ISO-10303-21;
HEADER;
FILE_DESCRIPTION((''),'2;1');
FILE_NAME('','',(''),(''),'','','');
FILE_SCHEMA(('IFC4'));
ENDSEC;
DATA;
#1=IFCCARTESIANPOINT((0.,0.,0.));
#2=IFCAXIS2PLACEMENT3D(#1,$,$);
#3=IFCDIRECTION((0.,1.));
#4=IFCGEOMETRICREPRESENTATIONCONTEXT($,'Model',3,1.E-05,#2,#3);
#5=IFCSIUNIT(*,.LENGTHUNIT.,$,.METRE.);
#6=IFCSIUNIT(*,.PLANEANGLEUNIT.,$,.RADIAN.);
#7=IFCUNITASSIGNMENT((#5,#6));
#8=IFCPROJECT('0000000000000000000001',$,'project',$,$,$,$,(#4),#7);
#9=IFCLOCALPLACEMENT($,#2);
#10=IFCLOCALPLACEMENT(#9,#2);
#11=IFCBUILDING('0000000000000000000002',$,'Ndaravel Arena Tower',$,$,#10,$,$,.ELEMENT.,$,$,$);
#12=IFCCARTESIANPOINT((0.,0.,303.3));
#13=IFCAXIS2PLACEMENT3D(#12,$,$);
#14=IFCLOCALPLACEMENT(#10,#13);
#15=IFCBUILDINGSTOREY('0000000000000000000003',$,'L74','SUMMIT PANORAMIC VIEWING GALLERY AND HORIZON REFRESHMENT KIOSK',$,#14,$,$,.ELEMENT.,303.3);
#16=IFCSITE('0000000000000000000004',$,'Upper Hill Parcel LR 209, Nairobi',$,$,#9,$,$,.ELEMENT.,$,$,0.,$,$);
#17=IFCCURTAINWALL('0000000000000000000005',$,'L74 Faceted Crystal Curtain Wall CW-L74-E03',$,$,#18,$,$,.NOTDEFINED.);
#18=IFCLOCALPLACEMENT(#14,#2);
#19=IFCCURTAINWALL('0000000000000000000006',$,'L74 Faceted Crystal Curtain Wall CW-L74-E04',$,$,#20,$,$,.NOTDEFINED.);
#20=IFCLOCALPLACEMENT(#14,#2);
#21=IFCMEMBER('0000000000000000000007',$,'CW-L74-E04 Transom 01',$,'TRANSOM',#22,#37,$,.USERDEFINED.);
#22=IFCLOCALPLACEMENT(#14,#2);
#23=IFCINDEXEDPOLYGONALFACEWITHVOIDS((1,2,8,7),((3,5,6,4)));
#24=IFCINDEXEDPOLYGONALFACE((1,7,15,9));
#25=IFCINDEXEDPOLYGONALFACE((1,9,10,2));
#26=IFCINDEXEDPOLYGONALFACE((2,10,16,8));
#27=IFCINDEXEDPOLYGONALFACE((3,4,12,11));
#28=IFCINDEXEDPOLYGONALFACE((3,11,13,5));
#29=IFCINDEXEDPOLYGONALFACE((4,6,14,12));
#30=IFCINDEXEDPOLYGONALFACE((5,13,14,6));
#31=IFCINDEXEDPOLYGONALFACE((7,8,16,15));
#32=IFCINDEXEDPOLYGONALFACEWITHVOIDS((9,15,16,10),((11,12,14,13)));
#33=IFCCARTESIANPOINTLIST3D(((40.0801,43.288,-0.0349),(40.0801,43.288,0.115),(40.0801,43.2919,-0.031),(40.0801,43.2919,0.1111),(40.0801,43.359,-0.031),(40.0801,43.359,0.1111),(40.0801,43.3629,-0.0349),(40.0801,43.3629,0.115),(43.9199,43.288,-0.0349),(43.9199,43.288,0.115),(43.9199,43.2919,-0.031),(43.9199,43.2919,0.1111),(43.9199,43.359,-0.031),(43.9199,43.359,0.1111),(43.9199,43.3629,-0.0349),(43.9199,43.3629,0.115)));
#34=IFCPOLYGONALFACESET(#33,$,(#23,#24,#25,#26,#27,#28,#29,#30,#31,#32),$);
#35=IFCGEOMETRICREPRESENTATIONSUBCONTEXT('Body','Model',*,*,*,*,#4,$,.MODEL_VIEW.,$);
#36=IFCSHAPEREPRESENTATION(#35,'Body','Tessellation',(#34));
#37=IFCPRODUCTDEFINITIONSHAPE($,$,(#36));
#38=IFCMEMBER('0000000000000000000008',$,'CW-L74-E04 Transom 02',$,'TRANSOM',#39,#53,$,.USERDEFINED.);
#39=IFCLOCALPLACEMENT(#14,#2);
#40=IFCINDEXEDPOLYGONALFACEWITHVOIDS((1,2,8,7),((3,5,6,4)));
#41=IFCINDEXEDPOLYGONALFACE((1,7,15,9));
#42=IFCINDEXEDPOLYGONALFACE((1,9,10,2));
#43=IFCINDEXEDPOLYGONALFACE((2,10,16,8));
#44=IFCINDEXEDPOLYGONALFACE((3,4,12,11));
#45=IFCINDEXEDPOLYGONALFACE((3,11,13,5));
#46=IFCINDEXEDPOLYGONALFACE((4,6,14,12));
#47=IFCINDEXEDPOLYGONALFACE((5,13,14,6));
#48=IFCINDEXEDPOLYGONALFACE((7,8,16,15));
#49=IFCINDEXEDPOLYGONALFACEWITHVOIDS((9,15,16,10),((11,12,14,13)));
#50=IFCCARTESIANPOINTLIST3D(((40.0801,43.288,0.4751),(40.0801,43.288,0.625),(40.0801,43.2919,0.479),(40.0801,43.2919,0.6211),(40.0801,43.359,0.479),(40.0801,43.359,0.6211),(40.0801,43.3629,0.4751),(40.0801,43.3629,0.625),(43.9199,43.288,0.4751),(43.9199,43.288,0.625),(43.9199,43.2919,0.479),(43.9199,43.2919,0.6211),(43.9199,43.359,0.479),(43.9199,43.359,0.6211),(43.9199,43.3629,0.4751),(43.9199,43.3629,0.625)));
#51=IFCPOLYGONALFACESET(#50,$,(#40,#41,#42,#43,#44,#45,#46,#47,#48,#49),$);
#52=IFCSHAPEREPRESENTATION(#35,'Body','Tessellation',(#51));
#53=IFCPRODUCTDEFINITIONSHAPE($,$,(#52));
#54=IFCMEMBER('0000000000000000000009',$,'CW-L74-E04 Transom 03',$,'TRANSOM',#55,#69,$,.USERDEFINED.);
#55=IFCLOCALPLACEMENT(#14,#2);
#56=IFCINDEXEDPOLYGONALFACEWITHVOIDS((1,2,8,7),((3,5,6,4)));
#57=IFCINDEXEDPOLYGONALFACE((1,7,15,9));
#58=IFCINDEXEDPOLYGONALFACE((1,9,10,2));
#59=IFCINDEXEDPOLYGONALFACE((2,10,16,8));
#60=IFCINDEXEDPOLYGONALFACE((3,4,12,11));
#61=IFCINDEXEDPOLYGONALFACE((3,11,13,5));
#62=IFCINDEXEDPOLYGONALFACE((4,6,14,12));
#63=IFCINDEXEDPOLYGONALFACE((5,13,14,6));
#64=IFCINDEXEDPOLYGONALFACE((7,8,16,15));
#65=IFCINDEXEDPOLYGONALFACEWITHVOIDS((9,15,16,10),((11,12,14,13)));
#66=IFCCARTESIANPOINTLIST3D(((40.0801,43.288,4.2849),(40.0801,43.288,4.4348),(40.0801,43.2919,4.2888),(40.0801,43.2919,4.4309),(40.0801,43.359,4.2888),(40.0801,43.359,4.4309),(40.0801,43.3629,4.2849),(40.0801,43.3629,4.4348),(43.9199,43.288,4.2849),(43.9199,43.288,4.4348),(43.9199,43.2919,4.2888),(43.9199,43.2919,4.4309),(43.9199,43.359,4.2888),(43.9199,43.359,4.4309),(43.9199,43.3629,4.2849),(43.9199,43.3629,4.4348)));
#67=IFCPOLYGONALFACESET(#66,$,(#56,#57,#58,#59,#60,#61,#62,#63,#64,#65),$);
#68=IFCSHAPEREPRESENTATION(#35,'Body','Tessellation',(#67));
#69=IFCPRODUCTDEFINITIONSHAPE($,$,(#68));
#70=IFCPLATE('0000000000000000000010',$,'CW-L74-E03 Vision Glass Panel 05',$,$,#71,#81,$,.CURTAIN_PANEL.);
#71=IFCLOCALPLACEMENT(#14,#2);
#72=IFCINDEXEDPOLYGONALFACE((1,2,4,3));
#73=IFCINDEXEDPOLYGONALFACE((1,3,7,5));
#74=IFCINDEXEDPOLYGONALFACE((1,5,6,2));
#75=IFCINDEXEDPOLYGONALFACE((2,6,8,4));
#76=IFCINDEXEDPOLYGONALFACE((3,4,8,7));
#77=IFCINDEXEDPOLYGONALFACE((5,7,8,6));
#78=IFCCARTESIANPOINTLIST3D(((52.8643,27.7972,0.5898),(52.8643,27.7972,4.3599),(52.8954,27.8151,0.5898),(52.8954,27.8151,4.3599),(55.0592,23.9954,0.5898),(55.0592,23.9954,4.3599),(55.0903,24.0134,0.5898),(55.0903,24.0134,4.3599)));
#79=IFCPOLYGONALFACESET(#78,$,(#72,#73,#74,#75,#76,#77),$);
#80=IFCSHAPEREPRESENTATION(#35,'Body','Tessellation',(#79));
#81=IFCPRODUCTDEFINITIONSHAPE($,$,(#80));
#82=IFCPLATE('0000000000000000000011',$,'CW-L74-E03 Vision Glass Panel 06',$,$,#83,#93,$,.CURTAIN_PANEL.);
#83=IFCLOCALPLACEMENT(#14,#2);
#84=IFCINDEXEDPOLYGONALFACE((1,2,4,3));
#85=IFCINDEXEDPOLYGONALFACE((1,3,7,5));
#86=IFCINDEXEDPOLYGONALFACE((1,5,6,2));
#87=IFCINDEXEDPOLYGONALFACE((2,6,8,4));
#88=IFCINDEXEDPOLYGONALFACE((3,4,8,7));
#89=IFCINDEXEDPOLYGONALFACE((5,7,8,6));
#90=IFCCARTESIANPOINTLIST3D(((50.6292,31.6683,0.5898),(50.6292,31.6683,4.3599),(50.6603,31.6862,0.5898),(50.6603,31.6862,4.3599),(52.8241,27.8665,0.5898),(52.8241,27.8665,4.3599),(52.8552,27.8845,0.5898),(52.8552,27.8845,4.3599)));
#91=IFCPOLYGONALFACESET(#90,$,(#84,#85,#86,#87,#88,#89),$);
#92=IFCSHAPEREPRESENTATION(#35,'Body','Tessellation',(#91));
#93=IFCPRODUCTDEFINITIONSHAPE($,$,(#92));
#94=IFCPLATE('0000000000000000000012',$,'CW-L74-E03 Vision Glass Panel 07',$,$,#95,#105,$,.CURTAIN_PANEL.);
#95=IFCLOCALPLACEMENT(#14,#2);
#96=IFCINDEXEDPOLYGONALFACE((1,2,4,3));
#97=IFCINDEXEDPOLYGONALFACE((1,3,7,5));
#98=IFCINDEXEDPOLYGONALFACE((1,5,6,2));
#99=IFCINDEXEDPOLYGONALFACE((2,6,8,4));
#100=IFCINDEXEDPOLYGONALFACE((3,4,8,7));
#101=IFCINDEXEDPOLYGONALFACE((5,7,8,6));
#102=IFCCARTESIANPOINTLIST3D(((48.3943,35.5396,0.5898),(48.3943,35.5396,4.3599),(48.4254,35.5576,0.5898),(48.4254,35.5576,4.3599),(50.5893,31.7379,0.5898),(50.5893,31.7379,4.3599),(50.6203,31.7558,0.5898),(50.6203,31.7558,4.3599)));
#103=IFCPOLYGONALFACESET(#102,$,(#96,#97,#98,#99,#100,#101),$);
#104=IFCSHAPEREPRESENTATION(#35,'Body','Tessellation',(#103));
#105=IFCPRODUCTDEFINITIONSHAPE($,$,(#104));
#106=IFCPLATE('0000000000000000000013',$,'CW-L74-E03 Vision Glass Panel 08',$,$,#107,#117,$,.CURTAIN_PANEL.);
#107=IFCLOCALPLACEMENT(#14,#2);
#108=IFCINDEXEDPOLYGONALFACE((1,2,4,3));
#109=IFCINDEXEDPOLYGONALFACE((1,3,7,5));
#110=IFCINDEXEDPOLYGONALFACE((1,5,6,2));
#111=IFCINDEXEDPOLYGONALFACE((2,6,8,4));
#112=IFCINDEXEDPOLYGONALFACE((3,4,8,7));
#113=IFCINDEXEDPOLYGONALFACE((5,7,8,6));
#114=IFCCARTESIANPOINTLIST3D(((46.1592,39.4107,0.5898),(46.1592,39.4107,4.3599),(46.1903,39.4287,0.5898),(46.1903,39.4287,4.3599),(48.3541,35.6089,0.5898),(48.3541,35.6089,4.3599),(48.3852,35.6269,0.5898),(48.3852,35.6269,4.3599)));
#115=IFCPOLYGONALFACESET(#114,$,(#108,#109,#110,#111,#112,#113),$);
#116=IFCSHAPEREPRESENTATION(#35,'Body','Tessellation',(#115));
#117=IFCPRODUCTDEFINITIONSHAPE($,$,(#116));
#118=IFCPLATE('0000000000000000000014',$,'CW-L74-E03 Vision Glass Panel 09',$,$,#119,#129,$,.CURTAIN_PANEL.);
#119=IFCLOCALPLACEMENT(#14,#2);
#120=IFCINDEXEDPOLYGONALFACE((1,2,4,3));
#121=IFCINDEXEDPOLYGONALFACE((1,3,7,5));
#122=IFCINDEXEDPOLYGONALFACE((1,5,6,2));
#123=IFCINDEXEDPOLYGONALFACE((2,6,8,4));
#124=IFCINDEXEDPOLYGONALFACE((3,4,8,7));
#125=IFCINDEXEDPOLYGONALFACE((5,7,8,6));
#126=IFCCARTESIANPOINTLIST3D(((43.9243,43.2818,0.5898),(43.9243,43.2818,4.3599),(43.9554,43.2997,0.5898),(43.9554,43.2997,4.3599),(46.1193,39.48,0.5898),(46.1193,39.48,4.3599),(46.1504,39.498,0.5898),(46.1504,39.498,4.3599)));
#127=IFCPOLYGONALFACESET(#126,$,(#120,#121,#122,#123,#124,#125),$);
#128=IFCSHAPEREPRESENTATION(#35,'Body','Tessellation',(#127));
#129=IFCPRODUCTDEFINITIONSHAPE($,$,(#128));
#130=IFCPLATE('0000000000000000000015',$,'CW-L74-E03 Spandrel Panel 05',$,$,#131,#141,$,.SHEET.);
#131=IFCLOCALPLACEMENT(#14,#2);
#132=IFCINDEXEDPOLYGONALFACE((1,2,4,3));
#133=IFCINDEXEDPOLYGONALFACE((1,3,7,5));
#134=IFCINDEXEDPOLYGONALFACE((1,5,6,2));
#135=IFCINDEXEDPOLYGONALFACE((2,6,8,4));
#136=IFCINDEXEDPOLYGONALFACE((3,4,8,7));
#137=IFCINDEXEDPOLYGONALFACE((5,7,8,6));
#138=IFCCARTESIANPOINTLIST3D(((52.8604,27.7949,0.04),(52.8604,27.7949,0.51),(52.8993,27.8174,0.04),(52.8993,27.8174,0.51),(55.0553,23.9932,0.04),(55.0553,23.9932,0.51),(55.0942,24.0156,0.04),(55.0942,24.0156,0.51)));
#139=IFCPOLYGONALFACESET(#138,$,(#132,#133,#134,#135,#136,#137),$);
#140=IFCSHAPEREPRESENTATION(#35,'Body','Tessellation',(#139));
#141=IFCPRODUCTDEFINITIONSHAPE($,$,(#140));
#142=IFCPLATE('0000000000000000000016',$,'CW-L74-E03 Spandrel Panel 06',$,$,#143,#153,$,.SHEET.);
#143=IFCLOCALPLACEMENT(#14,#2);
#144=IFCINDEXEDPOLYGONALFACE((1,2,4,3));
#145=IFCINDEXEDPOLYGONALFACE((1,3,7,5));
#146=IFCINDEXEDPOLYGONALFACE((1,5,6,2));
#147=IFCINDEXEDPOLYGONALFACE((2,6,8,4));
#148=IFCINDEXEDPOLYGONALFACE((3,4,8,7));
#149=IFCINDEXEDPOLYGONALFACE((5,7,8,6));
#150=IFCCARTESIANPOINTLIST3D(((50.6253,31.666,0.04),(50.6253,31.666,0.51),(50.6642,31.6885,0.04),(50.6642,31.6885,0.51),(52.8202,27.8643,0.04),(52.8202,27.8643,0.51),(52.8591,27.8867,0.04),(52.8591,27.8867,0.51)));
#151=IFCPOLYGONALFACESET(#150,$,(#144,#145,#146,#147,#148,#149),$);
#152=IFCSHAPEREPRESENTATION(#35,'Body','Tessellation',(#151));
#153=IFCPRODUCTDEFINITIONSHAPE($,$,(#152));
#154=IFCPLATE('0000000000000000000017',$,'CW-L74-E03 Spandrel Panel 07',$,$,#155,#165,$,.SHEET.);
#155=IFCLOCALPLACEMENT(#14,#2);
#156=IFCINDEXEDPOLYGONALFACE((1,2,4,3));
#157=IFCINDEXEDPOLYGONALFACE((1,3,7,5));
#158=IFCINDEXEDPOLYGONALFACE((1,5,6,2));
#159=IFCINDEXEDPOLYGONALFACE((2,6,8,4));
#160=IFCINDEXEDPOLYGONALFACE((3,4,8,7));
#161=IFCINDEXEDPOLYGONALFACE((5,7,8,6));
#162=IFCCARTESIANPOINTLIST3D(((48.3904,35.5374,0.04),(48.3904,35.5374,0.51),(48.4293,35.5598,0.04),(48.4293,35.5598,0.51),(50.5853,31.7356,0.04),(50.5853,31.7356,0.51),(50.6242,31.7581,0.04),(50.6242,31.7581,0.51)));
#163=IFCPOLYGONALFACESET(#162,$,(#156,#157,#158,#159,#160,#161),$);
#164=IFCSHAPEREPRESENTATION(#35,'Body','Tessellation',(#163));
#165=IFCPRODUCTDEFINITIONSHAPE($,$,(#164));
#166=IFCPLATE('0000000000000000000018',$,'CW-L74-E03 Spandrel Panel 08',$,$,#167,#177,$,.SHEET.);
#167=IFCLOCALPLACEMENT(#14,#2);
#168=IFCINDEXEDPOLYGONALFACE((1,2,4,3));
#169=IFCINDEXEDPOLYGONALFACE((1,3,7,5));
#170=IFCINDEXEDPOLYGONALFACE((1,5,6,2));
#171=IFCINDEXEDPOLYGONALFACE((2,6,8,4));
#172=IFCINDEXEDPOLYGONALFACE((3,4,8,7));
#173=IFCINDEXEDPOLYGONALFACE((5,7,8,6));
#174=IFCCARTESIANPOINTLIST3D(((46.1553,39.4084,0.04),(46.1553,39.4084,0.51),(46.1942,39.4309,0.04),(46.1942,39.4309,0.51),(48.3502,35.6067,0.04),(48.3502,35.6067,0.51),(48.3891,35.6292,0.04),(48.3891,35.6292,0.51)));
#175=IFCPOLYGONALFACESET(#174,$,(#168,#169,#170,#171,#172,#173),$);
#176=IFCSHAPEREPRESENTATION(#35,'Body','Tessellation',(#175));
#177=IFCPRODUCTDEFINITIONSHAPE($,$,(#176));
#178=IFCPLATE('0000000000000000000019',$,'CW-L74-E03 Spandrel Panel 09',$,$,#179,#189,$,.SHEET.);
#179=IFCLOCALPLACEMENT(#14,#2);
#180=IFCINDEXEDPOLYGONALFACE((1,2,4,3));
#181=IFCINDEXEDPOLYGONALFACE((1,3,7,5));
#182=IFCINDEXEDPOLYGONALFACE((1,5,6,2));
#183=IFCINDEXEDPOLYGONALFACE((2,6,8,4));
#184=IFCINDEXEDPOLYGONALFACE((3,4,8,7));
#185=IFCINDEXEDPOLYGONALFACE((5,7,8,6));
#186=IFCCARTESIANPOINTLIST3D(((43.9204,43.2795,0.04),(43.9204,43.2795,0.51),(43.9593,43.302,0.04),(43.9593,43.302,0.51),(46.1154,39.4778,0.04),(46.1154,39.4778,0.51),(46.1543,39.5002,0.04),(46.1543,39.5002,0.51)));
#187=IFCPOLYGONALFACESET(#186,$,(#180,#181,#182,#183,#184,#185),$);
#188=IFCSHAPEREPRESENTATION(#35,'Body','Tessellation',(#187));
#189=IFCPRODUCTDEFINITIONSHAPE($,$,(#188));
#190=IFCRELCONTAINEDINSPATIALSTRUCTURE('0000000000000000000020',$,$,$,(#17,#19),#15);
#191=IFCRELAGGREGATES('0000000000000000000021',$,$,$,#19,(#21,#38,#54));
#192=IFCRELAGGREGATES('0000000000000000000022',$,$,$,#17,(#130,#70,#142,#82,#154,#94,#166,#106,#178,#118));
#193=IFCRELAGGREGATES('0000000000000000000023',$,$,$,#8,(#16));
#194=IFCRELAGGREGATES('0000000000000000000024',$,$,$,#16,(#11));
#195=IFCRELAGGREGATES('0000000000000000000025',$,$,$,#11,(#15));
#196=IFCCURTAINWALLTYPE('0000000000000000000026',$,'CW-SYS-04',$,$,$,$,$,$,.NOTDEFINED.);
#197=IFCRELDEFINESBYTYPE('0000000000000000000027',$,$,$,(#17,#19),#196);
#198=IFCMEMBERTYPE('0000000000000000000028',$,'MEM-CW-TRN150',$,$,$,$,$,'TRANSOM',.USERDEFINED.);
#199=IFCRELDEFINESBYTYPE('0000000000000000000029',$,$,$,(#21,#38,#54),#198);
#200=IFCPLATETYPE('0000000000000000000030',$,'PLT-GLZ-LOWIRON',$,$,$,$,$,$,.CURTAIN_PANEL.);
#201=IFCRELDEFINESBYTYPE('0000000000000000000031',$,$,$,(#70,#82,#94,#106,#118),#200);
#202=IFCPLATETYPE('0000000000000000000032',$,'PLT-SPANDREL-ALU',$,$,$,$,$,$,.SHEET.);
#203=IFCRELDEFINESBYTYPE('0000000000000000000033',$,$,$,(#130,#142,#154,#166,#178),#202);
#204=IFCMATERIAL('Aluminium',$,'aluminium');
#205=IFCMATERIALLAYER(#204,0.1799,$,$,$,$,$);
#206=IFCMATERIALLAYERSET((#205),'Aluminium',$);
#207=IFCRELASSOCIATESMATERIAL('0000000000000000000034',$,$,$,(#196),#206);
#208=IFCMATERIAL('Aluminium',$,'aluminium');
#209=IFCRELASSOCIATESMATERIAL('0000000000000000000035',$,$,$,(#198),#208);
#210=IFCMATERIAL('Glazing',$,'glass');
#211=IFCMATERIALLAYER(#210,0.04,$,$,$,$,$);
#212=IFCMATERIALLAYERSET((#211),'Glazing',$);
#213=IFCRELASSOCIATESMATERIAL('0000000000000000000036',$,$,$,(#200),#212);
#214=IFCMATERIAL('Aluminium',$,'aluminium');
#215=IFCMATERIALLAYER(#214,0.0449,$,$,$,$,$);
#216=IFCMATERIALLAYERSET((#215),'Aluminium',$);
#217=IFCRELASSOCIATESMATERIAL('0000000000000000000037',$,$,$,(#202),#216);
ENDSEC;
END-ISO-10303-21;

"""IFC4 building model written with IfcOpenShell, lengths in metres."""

from ifc_helpers import new_model, si_unit, direction, frame, origin, origin_2d, place, context, subcontext, project, spatial, rectangle, hollow_rectangle, extrude, material, layer, layer_set, material_profile, profile_set, type_object, element, aggregate, save


model = new_model("IFC4")

# Units and contexts
model_context = context("Model", 3, precision=1e-05, world=origin(), true_north=direction((0.0, 1.0)))
body_context = subcontext(model_context, "Body", "Model", "MODEL_VIEW")
ifc_project = project(units=[si_unit("LENGTHUNIT", "METRE"), si_unit("PLANEANGLEUNIT", "RADIAN")], contexts=[model_context])

# Site, building, storey
site_placement = place(None, origin())
site = spatial("IfcSite", under=ifc_project, at=site_placement, Name="Upper Hill Parcel LR 209, Nairobi", CompositionType="ELEMENT", RefElevation=0.0)
building_placement = place(site_placement, origin())
building = spatial("IfcBuilding", under=site, at=building_placement, Name="Ndaravel Arena Tower", CompositionType="ELEMENT")
storey_placement = place(building_placement, frame((0.0, 0.0, 303.3)))
storey = spatial("IfcBuildingStorey", under=building, at=storey_placement, Name="L74", Description="SUMMIT PANORAMIC VIEWING GALLERY AND HORIZON REFRESHMENT KIOSK", CompositionType="ELEMENT", Elevation=303.3)

# Curtain walls, members
ifc_material_1 = material(Name="Aluminium", Category="aluminium")
ifc_layer_1 = layer(ifc_material_1, 0.1799)
ifc_layer_set_1 = layer_set([ifc_layer_1], Name="Aluminium")
curtain_wall_type = type_object("IfcCurtainWallType", Name="CW-SYS-04", PredefinedType="NOTDEFINED", material=ifc_layer_set_1)
curtain_wall_1_placement = place(storey_placement, origin())
curtain_wall_1 = element("IfcCurtainWall", 1, at=curtain_wall_1_placement, inside=storey, type_object=curtain_wall_type, Name="L74 Faceted Crystal Curtain Wall CW-L74-E03", PredefinedType="NOTDEFINED")
curtain_wall_2_placement = place(storey_placement, origin())
curtain_wall_2 = element("IfcCurtainWall", 2, at=curtain_wall_2_placement, inside=storey, type_object=curtain_wall_type, Name="L74 Faceted Crystal Curtain Wall CW-L74-E04", PredefinedType="NOTDEFINED")
ifc_material_2 = material(Name="Aluminium", Category="aluminium")
ifc_material_profile_1 = material_profile(ifc_material_2, hollow_rectangle(XDim=0.075, YDim=0.1499, WallThickness=0.0039, at=origin_2d()), Name="CW TRANSOM 75x150x4")
ifc_profile_set_1 = profile_set([ifc_material_profile_1], Name="Aluminium")
member_type_1 = type_object("IfcMemberType", Name="MEM-CW-TRN150", ElementType="TRANSOM", PredefinedType="USERDEFINED", material=ifc_profile_set_1)
member_1_placement = place(storey_placement, frame((43.9199, 43.3254, 0.04), z_axis=(-1.0, 0.0, 0.0), x_axis=(0.0, -1.0, 0.0)))
member_1 = element("IfcMember", 3, at=member_1_placement, type_object=member_type_1, Name="CW-L74-E04 Transom 01", ObjectType="TRANSOM", PredefinedType="USERDEFINED", context=body_context, shape_type="SweptSolid", body=[
    extrude(hollow_rectangle(XDim=0.075, YDim=0.1499, WallThickness=0.0039, at=origin_2d()), origin(), (0.0, 0.0, 1.0), 3.8398),
])
member_2_placement = place(storey_placement, frame((43.9199, 43.3254, 0.55), z_axis=(-1.0, 0.0, 0.0), x_axis=(0.0, -1.0, 0.0)))
member_2 = element("IfcMember", 4, at=member_2_placement, type_object=member_type_1, Name="CW-L74-E04 Transom 02", ObjectType="TRANSOM", PredefinedType="USERDEFINED", context=body_context, shape_type="SweptSolid", body=[
    extrude(hollow_rectangle(XDim=0.075, YDim=0.1499, WallThickness=0.0039, at=origin_2d()), origin(), (0.0, 0.0, 1.0), 3.8398),
])
member_3_placement = place(storey_placement, frame((43.9199, 43.3254, 4.3599), z_axis=(-1.0, 0.0, 0.0), x_axis=(0.0, -1.0, 0.0)))
member_3 = element("IfcMember", 5, at=member_3_placement, type_object=member_type_1, Name="CW-L74-E04 Transom 03", ObjectType="TRANSOM", PredefinedType="USERDEFINED", context=body_context, shape_type="SweptSolid", body=[
    extrude(hollow_rectangle(XDim=0.075, YDim=0.1499, WallThickness=0.0039, at=origin_2d()), origin(), (0.0, 0.0, 1.0), 3.8398),
])
aggregate(curtain_wall_2, [member_1, member_2, member_3])

# Plates
ifc_material_3 = material(Name="Glazing", Category="glass")
ifc_layer_2 = layer(ifc_material_3, 0.04)
ifc_layer_set_2 = layer_set([ifc_layer_2], Name="Glazing")
plate_type_1 = type_object("IfcPlateType", Name="PLT-GLZ-LOWIRON", PredefinedType="CURTAIN_PANEL", material=ifc_layer_set_2)
plate_1_placement = place(storey_placement, frame((53.9773, 25.9053, 0.5898), z_axis=(0.0, 0.0, 1.0), x_axis=(-0.5, 0.866025, 0.0)))
plate_1 = element("IfcPlate", 6, at=plate_1_placement, type_object=plate_type_1, Name="CW-L74-E03 Vision Glass Panel 05", PredefinedType="CURTAIN_PANEL", context=body_context, shape_type="SweptSolid", body=[
    extrude(rectangle(XDim=4.3899, YDim=0.0359, at=origin_2d()), origin(), (0.0, 0.0, 1.0), 3.77),
])
plate_2_placement = place(storey_placement, frame((51.7422, 29.7764, 0.5898), z_axis=(0.0, 0.0, 1.0), x_axis=(-0.5, 0.866025, 0.0)))
plate_2 = element("IfcPlate", 7, at=plate_2_placement, type_object=plate_type_1, Name="CW-L74-E03 Vision Glass Panel 06", PredefinedType="CURTAIN_PANEL", context=body_context, shape_type="SweptSolid", body=[
    extrude(rectangle(XDim=4.3899, YDim=0.0359, at=origin_2d()), origin(), (0.0, 0.0, 1.0), 3.77),
])
plate_3_placement = place(storey_placement, frame((49.5073, 33.6477, 0.5898), z_axis=(0.0, 0.0, 1.0), x_axis=(-0.5, 0.866025, 0.0)))
plate_3 = element("IfcPlate", 8, at=plate_3_placement, type_object=plate_type_1, Name="CW-L74-E03 Vision Glass Panel 07", PredefinedType="CURTAIN_PANEL", context=body_context, shape_type="SweptSolid", body=[
    extrude(rectangle(XDim=4.3899, YDim=0.0359, at=origin_2d()), origin(), (0.0, 0.0, 1.0), 3.77),
])
plate_4_placement = place(storey_placement, frame((47.2722, 37.5188, 0.5898), z_axis=(0.0, 0.0, 1.0), x_axis=(-0.5, 0.866025, 0.0)))
plate_4 = element("IfcPlate", 9, at=plate_4_placement, type_object=plate_type_1, Name="CW-L74-E03 Vision Glass Panel 08", PredefinedType="CURTAIN_PANEL", context=body_context, shape_type="SweptSolid", body=[
    extrude(rectangle(XDim=4.3899, YDim=0.0359, at=origin_2d()), origin(), (0.0, 0.0, 1.0), 3.77),
])
plate_5_placement = place(storey_placement, frame((45.0374, 41.3899, 0.5898), z_axis=(0.0, 0.0, 1.0), x_axis=(-0.5, 0.866025, 0.0)))
plate_5 = element("IfcPlate", 10, at=plate_5_placement, type_object=plate_type_1, Name="CW-L74-E03 Vision Glass Panel 09", PredefinedType="CURTAIN_PANEL", context=body_context, shape_type="SweptSolid", body=[
    extrude(rectangle(XDim=4.3899, YDim=0.0359, at=origin_2d()), origin(), (0.0, 0.0, 1.0), 3.77),
])
ifc_material_4 = material(Name="Aluminium", Category="aluminium")
ifc_layer_3 = layer(ifc_material_4, 0.0449)
ifc_layer_set_3 = layer_set([ifc_layer_3], Name="Aluminium")
plate_type_2 = type_object("IfcPlateType", Name="PLT-SPANDREL-ALU", PredefinedType="SHEET", material=ifc_layer_set_3)
plate_6_placement = place(storey_placement, frame((53.9773, 25.9053, 0.04), z_axis=(0.0, 0.0, 1.0), x_axis=(-0.5, 0.866025, 0.0)))
plate_6 = element("IfcPlate", 11, at=plate_6_placement, type_object=plate_type_2, Name="CW-L74-E03 Spandrel Panel 05", PredefinedType="SHEET", context=body_context, shape_type="SweptSolid", body=[
    extrude(rectangle(XDim=4.3899, YDim=0.0449, at=origin_2d()), origin(), (0.0, 0.0, 1.0), 0.47),
])
plate_7_placement = place(storey_placement, frame((51.7422, 29.7764, 0.04), z_axis=(0.0, 0.0, 1.0), x_axis=(-0.5, 0.866025, 0.0)))
plate_7 = element("IfcPlate", 12, at=plate_7_placement, type_object=plate_type_2, Name="CW-L74-E03 Spandrel Panel 06", PredefinedType="SHEET", context=body_context, shape_type="SweptSolid", body=[
    extrude(rectangle(XDim=4.3899, YDim=0.0449, at=origin_2d()), origin(), (0.0, 0.0, 1.0), 0.47),
])
plate_8_placement = place(storey_placement, frame((49.5073, 33.6477, 0.04), z_axis=(0.0, 0.0, 1.0), x_axis=(-0.5, 0.866025, 0.0)))
plate_8 = element("IfcPlate", 13, at=plate_8_placement, type_object=plate_type_2, Name="CW-L74-E03 Spandrel Panel 07", PredefinedType="SHEET", context=body_context, shape_type="SweptSolid", body=[
    extrude(rectangle(XDim=4.3899, YDim=0.0449, at=origin_2d()), origin(), (0.0, 0.0, 1.0), 0.47),
])
plate_9_placement = place(storey_placement, frame((47.2722, 37.5188, 0.04), z_axis=(0.0, 0.0, 1.0), x_axis=(-0.5, 0.866025, 0.0)))
plate_9 = element("IfcPlate", 14, at=plate_9_placement, type_object=plate_type_2, Name="CW-L74-E03 Spandrel Panel 08", PredefinedType="SHEET", context=body_context, shape_type="SweptSolid", body=[
    extrude(rectangle(XDim=4.3899, YDim=0.0449, at=origin_2d()), origin(), (0.0, 0.0, 1.0), 0.47),
])
plate_10_placement = place(storey_placement, frame((45.0374, 41.3899, 0.04), z_axis=(0.0, 0.0, 1.0), x_axis=(-0.5, 0.866025, 0.0)))
plate_10 = element("IfcPlate", 15, at=plate_10_placement, type_object=plate_type_2, Name="CW-L74-E03 Spandrel Panel 09", PredefinedType="SHEET", context=body_context, shape_type="SweptSolid", body=[
    extrude(rectangle(XDim=4.3899, YDim=0.0449, at=origin_2d()), origin(), (0.0, 0.0, 1.0), 0.47),
])
aggregate(curtain_wall_1, [plate_6, plate_1, plate_7, plate_2, plate_8, plate_3, plate_9, plate_4, plate_10, plate_5])

save(model, "model.ifc")
